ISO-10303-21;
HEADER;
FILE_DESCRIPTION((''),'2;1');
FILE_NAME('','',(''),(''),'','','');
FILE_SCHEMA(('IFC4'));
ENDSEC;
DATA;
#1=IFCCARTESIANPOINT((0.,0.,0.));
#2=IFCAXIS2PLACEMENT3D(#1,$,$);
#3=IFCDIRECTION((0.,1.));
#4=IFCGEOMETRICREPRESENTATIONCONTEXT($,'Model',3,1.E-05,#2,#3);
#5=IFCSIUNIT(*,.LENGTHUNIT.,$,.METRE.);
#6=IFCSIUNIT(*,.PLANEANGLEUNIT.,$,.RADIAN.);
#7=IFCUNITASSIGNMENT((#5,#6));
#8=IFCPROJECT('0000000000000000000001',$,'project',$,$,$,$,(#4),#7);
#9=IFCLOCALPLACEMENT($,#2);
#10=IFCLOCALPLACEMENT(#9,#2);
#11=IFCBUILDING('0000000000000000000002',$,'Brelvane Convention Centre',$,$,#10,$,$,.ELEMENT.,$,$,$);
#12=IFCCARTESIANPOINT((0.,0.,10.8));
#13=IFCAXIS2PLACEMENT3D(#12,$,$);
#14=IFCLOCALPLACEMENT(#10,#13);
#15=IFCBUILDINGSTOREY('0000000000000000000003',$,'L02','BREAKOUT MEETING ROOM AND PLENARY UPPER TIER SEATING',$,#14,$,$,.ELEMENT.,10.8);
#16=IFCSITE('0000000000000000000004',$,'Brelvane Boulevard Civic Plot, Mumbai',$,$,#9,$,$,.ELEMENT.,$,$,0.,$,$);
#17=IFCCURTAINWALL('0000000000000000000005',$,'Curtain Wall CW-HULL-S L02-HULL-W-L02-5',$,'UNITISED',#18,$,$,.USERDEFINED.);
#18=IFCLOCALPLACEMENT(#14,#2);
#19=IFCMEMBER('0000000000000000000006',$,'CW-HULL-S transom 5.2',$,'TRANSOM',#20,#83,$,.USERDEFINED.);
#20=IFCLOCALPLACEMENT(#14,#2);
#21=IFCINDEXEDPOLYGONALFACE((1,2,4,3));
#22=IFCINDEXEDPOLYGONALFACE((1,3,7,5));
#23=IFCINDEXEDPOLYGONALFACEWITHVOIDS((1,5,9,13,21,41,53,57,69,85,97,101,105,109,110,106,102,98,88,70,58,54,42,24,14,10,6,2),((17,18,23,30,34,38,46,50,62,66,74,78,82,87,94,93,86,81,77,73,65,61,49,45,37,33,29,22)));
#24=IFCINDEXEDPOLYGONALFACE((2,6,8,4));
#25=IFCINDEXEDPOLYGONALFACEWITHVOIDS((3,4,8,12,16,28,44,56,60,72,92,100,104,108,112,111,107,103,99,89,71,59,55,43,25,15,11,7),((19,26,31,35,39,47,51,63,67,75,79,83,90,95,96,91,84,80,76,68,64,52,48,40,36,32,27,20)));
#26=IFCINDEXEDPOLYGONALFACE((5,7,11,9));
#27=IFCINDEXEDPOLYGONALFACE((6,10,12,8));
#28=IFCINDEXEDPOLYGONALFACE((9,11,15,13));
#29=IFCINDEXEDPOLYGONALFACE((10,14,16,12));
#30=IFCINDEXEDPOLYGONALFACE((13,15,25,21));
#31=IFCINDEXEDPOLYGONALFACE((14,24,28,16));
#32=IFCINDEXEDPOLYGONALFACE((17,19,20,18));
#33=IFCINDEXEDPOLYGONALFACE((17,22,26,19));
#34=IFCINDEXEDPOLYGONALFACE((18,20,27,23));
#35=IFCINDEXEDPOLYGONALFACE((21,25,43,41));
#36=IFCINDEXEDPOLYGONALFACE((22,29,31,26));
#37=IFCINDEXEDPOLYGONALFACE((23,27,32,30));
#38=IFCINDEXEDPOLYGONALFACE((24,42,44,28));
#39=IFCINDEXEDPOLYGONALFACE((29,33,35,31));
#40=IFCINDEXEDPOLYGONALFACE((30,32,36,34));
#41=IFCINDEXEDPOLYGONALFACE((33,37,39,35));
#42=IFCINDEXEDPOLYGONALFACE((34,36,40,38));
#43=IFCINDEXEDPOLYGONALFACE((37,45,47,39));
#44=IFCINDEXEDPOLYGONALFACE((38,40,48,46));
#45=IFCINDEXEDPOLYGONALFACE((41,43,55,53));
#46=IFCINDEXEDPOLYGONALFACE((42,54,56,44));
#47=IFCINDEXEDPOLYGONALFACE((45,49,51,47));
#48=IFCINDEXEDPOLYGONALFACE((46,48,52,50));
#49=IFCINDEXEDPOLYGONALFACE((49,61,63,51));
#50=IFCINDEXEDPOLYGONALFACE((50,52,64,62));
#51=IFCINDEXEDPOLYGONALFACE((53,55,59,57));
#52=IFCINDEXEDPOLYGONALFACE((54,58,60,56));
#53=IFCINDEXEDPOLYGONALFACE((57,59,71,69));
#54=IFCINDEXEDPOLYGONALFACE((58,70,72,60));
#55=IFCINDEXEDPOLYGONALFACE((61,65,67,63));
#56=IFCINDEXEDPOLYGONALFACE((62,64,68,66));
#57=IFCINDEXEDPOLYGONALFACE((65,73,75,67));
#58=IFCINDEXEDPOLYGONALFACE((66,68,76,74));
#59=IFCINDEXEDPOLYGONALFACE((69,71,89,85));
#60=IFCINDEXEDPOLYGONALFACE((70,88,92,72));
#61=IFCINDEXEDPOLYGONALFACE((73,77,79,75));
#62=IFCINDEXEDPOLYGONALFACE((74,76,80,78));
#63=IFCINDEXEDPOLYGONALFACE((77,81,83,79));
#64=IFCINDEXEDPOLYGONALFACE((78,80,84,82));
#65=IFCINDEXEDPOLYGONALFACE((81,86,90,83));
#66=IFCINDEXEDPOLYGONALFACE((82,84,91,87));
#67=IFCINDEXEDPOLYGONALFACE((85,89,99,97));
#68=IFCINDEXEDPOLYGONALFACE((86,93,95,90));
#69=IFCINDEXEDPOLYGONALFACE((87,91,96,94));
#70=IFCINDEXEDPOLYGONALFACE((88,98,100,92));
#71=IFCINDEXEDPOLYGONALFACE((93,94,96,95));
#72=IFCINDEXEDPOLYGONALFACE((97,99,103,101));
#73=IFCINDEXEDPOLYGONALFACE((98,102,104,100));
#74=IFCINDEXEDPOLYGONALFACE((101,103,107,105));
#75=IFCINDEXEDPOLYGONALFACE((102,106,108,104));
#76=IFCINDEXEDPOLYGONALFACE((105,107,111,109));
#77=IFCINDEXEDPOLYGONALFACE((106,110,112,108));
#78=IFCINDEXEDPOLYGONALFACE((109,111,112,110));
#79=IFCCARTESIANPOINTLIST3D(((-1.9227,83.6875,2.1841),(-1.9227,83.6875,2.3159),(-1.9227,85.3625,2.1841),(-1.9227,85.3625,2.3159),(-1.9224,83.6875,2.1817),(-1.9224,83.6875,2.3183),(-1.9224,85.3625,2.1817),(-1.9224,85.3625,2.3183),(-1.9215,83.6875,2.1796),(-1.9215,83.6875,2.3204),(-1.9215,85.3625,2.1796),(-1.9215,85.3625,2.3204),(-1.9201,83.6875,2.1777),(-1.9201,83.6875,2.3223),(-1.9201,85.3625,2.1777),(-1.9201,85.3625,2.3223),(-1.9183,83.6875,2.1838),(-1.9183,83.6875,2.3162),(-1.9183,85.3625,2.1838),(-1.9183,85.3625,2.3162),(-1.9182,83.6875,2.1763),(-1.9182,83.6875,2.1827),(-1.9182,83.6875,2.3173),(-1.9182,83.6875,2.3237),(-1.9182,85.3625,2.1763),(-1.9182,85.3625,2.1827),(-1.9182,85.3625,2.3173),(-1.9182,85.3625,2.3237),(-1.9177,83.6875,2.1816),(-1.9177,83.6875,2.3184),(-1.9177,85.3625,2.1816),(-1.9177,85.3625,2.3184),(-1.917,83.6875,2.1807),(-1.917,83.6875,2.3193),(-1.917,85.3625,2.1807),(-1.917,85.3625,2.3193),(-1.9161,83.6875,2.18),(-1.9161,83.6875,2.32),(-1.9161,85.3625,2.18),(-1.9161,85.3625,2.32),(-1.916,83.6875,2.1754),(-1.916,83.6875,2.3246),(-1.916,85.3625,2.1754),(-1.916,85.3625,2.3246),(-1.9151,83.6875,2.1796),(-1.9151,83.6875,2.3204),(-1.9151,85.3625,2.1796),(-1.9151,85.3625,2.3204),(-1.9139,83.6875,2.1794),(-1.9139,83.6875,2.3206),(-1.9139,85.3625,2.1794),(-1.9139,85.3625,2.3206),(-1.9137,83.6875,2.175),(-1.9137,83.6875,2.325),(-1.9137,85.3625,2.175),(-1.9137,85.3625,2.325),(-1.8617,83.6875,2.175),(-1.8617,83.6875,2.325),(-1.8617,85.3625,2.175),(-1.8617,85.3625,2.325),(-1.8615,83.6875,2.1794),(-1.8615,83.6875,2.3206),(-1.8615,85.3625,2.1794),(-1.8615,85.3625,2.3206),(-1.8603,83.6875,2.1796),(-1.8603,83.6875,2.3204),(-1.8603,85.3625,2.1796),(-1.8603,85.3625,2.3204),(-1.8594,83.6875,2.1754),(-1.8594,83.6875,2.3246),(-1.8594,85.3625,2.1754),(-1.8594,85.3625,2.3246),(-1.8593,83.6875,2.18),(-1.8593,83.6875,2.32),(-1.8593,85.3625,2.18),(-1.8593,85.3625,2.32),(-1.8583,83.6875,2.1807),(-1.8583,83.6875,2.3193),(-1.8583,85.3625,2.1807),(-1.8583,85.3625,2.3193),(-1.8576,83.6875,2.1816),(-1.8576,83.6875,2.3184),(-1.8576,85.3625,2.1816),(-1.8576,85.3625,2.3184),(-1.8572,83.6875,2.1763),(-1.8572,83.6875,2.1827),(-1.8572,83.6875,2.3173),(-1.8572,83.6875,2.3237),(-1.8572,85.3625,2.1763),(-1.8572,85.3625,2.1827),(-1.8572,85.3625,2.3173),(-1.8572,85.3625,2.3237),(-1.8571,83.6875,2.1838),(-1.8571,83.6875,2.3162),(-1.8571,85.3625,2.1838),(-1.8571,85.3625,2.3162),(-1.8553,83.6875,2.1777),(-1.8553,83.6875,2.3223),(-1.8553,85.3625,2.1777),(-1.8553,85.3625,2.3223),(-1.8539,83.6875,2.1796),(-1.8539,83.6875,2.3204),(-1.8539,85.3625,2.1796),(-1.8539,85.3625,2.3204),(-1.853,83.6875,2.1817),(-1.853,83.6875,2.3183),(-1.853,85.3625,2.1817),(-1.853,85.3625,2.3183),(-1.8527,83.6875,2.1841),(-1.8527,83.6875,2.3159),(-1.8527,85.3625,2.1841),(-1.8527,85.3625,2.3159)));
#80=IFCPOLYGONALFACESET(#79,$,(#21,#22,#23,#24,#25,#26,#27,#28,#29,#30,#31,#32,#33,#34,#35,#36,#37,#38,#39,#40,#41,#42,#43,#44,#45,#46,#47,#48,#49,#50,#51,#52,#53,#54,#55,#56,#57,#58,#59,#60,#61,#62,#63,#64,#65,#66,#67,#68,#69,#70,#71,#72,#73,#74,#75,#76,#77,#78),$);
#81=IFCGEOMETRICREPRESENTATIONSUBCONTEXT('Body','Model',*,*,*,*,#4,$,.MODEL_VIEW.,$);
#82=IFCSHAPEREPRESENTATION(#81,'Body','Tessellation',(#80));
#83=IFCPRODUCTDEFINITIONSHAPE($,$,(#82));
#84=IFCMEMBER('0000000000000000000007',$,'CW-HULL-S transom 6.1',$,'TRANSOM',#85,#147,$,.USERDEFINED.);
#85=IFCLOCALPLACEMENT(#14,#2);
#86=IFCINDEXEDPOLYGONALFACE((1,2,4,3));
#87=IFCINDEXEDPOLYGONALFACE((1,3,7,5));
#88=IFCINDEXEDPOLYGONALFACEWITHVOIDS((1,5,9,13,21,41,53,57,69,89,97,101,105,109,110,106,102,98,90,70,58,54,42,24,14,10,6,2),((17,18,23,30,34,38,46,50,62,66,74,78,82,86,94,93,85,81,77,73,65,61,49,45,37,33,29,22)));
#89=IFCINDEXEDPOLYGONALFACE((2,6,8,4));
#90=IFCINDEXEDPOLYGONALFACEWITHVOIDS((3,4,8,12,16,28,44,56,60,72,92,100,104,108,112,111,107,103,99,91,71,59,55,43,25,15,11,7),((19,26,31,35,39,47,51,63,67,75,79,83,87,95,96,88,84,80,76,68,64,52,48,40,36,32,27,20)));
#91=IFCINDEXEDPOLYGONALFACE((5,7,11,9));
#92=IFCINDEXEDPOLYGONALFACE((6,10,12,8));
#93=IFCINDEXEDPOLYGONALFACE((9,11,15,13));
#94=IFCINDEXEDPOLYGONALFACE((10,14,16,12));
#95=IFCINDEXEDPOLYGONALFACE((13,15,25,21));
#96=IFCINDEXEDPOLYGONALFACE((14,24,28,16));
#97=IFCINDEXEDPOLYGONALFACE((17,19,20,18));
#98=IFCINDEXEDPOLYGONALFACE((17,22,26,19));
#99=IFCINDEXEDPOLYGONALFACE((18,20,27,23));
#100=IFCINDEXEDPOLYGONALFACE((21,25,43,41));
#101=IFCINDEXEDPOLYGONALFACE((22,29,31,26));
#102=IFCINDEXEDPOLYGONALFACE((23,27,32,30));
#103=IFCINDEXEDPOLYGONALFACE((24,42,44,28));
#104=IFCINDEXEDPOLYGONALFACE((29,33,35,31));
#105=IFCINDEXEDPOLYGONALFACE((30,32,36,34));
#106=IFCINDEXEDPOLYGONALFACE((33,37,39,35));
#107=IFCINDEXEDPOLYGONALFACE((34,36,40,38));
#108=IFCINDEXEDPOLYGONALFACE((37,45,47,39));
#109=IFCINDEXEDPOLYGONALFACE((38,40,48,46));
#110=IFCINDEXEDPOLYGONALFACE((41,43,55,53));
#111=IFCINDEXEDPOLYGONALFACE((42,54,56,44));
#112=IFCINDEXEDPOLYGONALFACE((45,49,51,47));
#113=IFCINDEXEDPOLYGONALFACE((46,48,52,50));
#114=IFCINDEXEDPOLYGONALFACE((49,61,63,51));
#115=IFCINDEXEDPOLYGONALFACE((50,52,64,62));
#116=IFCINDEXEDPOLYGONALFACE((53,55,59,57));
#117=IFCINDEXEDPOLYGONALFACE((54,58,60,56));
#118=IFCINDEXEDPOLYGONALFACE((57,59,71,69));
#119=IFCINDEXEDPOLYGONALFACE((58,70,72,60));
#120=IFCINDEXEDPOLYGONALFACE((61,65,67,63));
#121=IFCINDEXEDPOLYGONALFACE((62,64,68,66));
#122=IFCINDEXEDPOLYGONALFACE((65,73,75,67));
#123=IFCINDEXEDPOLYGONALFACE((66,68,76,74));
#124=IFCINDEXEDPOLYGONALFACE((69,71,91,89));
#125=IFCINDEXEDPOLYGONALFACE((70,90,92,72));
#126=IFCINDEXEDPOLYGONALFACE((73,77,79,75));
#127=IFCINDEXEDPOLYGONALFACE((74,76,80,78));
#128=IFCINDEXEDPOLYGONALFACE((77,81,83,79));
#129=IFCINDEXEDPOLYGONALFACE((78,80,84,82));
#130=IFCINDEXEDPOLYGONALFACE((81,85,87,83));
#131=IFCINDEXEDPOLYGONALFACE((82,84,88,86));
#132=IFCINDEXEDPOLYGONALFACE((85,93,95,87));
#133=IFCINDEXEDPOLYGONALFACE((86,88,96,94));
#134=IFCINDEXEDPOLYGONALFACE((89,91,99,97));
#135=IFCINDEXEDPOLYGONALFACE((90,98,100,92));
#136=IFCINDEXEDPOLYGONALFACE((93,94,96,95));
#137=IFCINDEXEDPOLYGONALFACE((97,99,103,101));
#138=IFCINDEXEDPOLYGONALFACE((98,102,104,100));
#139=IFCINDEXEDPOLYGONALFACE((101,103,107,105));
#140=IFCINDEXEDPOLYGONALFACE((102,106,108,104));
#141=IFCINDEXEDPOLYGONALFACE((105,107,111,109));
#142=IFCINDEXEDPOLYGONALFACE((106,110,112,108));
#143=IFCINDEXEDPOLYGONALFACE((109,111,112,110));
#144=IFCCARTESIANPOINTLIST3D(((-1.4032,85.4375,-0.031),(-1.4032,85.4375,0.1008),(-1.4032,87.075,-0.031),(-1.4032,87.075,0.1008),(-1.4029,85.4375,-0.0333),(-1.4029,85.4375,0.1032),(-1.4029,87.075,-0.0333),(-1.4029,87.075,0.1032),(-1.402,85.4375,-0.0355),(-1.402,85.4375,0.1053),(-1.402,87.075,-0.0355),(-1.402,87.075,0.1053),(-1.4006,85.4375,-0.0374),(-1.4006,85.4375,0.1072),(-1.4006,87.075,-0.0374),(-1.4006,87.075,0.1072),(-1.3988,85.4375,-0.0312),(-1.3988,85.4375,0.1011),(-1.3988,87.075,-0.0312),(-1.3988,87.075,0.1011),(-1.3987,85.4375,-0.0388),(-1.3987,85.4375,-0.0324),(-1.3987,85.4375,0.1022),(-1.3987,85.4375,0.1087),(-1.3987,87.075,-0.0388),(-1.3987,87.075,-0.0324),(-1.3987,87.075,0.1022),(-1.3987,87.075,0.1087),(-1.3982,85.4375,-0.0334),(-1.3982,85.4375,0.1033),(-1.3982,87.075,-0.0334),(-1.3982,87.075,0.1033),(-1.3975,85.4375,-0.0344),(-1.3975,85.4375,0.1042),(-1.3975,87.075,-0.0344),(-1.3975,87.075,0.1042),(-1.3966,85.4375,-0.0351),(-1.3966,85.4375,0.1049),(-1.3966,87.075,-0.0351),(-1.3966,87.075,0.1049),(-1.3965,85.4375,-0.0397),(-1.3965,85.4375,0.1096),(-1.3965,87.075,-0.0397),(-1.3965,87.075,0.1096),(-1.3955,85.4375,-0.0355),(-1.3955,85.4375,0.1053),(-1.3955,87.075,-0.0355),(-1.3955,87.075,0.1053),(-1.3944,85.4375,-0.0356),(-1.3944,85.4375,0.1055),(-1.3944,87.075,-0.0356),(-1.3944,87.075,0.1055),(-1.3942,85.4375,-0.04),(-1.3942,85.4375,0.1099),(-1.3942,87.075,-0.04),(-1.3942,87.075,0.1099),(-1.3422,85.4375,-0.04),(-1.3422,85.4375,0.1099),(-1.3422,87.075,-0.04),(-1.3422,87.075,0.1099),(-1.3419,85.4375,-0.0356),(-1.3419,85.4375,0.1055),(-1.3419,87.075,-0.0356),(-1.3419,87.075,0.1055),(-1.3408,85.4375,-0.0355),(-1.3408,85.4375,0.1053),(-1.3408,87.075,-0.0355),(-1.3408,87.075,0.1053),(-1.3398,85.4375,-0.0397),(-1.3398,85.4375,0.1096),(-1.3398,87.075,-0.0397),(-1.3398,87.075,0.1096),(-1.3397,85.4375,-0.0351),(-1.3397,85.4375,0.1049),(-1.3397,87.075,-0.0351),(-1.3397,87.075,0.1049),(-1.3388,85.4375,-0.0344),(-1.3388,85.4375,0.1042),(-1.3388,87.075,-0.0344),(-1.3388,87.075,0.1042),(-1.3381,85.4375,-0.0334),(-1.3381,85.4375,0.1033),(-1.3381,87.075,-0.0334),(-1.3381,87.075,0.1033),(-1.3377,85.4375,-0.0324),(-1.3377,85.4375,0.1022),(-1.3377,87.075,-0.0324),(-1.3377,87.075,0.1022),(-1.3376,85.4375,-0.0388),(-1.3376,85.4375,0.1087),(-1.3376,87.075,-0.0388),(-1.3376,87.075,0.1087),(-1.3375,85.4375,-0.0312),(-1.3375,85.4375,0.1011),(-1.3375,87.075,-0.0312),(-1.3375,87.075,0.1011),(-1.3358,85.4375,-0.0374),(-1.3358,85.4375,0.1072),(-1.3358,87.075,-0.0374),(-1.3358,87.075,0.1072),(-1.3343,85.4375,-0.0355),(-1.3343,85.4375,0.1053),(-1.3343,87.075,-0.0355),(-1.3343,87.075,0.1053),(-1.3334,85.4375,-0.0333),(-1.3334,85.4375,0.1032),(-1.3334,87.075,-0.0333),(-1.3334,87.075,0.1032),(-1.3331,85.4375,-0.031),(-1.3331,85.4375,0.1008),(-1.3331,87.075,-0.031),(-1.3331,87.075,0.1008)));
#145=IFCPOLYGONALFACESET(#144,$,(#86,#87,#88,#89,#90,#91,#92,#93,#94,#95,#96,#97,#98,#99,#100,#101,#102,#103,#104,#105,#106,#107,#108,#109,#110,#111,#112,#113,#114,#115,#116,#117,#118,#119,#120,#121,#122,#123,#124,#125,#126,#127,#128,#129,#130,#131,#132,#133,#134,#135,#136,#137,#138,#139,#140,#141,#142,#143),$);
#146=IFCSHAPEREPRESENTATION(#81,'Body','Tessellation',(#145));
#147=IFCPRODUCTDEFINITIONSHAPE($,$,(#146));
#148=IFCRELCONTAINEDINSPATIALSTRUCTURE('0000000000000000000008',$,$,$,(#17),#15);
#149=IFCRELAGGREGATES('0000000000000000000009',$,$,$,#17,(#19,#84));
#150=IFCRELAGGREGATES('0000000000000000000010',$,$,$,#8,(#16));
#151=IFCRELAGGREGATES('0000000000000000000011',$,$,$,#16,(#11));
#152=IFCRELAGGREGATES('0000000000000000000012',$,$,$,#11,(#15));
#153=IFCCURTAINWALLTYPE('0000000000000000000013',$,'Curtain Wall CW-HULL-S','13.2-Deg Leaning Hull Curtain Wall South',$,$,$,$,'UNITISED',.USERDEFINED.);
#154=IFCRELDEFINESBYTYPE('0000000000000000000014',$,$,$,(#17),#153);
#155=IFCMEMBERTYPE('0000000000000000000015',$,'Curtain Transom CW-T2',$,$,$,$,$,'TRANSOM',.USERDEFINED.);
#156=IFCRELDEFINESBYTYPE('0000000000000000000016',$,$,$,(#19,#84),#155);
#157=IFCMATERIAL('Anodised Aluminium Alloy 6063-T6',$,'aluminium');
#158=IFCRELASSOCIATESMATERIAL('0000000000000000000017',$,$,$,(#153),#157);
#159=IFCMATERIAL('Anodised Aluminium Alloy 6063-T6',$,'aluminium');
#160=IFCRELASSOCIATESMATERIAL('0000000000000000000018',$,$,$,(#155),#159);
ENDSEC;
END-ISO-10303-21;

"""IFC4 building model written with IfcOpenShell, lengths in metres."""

from ifc_helpers import new_model, si_unit, direction, frame, origin, origin_2d, place, context, subcontext, project, spatial, hollow_rectangle, extrude, material, material_profile, profile_set, type_object, element, aggregate, save


model = new_model("IFC4")

# Units and contexts
model_context = context("Model", 3, precision=1e-05, world=origin(), true_north=direction((0.0, 1.0)))
body_context = subcontext(model_context, "Body", "Model", "MODEL_VIEW")
ifc_project = project(units=[si_unit("LENGTHUNIT", "METRE"), si_unit("PLANEANGLEUNIT", "RADIAN")], contexts=[model_context])

# Site, building, storey
site_placement = place(None, origin())
site = spatial("IfcSite", under=ifc_project, at=site_placement, Name="Brelvane Boulevard Civic Plot, Mumbai", CompositionType="ELEMENT", RefElevation=0.0)
building_placement = place(site_placement, origin())
building = spatial("IfcBuilding", under=site, at=building_placement, Name="Brelvane Convention Centre", CompositionType="ELEMENT")
storey_placement = place(building_placement, frame((0.0, 0.0, 10.8)))
storey = spatial("IfcBuildingStorey", under=building, at=storey_placement, Name="L02", Description="BREAKOUT MEETING ROOM AND PLENARY UPPER TIER SEATING", CompositionType="ELEMENT", Elevation=10.8)

# Curtain wall
ifc_material_1 = material(Name="Anodised Aluminium Alloy 6063-T6", Category="aluminium")
curtain_wall_type = type_object("IfcCurtainWallType", Name="Curtain Wall CW-HULL-S", Description="13.2-Deg Leaning Hull Curtain Wall South", ElementType="UNITISED", PredefinedType="USERDEFINED", material=ifc_material_1)
curtain_wall_1_placement = place(storey_placement, origin())
curtain_wall_1 = element("IfcCurtainWall", 1, at=curtain_wall_1_placement, inside=storey, type_object=curtain_wall_type, Name="Curtain Wall CW-HULL-S L02-HULL-W-L02-5", ObjectType="UNITISED", PredefinedType="USERDEFINED")

# Members
ifc_material_2 = material(Name="Anodised Aluminium Alloy 6063-T6", Category="aluminium")
ifc_material_profile_1 = material_profile(ifc_material_2, hollow_rectangle(XDim=0.0701, YDim=0.1499, WallThickness=0.0044, InnerFilletRadius=0.0044, OuterFilletRadius=0.009, at=origin_2d()), Name="ALU-T 150x70x4.5")
ifc_profile_set_1 = profile_set([ifc_material_profile_1], Name="Anodised Aluminium Alloy 6063-T6")
member_type_1 = type_object("IfcMemberType", Name="Curtain Transom CW-T2", ElementType="TRANSOM", PredefinedType="USERDEFINED", material=ifc_profile_set_1)
member_1_placement = place(storey_placement, frame((-1.8877, 83.6875, 2.25), z_axis=(0.0, 1.0, 0.0), x_axis=(-1.0, 0.0, 0.0)))
member_1 = element("IfcMember", 2, at=member_1_placement, type_object=member_type_1, Name="CW-HULL-S transom 5.2", ObjectType="TRANSOM", PredefinedType="USERDEFINED", context=body_context, shape_type="SweptSolid", body=[
    extrude(hollow_rectangle(XDim=0.0701, YDim=0.1499, WallThickness=0.0044, InnerFilletRadius=0.0044, OuterFilletRadius=0.009, at=origin_2d()), origin(), (0.0, 0.0, 1.0), 1.675),
])
member_2_placement = place(storey_placement, frame((-1.3682, 85.4375, 0.0349), z_axis=(0.0, 1.0, 0.0), x_axis=(-1.0, 0.0, 0.0)))
member_2 = element("IfcMember", 3, at=member_2_placement, type_object=member_type_1, Name="CW-HULL-S transom 6.1", ObjectType="TRANSOM", PredefinedType="USERDEFINED", context=body_context, shape_type="SweptSolid", body=[
    extrude(hollow_rectangle(XDim=0.0701, YDim=0.1499, WallThickness=0.0044, InnerFilletRadius=0.0044, OuterFilletRadius=0.009, at=origin_2d()), origin(), (0.0, 0.0, 1.0), 1.6375),
])

aggregate(curtain_wall_1, [member_1, member_2])

save(model, "model.ifc")
